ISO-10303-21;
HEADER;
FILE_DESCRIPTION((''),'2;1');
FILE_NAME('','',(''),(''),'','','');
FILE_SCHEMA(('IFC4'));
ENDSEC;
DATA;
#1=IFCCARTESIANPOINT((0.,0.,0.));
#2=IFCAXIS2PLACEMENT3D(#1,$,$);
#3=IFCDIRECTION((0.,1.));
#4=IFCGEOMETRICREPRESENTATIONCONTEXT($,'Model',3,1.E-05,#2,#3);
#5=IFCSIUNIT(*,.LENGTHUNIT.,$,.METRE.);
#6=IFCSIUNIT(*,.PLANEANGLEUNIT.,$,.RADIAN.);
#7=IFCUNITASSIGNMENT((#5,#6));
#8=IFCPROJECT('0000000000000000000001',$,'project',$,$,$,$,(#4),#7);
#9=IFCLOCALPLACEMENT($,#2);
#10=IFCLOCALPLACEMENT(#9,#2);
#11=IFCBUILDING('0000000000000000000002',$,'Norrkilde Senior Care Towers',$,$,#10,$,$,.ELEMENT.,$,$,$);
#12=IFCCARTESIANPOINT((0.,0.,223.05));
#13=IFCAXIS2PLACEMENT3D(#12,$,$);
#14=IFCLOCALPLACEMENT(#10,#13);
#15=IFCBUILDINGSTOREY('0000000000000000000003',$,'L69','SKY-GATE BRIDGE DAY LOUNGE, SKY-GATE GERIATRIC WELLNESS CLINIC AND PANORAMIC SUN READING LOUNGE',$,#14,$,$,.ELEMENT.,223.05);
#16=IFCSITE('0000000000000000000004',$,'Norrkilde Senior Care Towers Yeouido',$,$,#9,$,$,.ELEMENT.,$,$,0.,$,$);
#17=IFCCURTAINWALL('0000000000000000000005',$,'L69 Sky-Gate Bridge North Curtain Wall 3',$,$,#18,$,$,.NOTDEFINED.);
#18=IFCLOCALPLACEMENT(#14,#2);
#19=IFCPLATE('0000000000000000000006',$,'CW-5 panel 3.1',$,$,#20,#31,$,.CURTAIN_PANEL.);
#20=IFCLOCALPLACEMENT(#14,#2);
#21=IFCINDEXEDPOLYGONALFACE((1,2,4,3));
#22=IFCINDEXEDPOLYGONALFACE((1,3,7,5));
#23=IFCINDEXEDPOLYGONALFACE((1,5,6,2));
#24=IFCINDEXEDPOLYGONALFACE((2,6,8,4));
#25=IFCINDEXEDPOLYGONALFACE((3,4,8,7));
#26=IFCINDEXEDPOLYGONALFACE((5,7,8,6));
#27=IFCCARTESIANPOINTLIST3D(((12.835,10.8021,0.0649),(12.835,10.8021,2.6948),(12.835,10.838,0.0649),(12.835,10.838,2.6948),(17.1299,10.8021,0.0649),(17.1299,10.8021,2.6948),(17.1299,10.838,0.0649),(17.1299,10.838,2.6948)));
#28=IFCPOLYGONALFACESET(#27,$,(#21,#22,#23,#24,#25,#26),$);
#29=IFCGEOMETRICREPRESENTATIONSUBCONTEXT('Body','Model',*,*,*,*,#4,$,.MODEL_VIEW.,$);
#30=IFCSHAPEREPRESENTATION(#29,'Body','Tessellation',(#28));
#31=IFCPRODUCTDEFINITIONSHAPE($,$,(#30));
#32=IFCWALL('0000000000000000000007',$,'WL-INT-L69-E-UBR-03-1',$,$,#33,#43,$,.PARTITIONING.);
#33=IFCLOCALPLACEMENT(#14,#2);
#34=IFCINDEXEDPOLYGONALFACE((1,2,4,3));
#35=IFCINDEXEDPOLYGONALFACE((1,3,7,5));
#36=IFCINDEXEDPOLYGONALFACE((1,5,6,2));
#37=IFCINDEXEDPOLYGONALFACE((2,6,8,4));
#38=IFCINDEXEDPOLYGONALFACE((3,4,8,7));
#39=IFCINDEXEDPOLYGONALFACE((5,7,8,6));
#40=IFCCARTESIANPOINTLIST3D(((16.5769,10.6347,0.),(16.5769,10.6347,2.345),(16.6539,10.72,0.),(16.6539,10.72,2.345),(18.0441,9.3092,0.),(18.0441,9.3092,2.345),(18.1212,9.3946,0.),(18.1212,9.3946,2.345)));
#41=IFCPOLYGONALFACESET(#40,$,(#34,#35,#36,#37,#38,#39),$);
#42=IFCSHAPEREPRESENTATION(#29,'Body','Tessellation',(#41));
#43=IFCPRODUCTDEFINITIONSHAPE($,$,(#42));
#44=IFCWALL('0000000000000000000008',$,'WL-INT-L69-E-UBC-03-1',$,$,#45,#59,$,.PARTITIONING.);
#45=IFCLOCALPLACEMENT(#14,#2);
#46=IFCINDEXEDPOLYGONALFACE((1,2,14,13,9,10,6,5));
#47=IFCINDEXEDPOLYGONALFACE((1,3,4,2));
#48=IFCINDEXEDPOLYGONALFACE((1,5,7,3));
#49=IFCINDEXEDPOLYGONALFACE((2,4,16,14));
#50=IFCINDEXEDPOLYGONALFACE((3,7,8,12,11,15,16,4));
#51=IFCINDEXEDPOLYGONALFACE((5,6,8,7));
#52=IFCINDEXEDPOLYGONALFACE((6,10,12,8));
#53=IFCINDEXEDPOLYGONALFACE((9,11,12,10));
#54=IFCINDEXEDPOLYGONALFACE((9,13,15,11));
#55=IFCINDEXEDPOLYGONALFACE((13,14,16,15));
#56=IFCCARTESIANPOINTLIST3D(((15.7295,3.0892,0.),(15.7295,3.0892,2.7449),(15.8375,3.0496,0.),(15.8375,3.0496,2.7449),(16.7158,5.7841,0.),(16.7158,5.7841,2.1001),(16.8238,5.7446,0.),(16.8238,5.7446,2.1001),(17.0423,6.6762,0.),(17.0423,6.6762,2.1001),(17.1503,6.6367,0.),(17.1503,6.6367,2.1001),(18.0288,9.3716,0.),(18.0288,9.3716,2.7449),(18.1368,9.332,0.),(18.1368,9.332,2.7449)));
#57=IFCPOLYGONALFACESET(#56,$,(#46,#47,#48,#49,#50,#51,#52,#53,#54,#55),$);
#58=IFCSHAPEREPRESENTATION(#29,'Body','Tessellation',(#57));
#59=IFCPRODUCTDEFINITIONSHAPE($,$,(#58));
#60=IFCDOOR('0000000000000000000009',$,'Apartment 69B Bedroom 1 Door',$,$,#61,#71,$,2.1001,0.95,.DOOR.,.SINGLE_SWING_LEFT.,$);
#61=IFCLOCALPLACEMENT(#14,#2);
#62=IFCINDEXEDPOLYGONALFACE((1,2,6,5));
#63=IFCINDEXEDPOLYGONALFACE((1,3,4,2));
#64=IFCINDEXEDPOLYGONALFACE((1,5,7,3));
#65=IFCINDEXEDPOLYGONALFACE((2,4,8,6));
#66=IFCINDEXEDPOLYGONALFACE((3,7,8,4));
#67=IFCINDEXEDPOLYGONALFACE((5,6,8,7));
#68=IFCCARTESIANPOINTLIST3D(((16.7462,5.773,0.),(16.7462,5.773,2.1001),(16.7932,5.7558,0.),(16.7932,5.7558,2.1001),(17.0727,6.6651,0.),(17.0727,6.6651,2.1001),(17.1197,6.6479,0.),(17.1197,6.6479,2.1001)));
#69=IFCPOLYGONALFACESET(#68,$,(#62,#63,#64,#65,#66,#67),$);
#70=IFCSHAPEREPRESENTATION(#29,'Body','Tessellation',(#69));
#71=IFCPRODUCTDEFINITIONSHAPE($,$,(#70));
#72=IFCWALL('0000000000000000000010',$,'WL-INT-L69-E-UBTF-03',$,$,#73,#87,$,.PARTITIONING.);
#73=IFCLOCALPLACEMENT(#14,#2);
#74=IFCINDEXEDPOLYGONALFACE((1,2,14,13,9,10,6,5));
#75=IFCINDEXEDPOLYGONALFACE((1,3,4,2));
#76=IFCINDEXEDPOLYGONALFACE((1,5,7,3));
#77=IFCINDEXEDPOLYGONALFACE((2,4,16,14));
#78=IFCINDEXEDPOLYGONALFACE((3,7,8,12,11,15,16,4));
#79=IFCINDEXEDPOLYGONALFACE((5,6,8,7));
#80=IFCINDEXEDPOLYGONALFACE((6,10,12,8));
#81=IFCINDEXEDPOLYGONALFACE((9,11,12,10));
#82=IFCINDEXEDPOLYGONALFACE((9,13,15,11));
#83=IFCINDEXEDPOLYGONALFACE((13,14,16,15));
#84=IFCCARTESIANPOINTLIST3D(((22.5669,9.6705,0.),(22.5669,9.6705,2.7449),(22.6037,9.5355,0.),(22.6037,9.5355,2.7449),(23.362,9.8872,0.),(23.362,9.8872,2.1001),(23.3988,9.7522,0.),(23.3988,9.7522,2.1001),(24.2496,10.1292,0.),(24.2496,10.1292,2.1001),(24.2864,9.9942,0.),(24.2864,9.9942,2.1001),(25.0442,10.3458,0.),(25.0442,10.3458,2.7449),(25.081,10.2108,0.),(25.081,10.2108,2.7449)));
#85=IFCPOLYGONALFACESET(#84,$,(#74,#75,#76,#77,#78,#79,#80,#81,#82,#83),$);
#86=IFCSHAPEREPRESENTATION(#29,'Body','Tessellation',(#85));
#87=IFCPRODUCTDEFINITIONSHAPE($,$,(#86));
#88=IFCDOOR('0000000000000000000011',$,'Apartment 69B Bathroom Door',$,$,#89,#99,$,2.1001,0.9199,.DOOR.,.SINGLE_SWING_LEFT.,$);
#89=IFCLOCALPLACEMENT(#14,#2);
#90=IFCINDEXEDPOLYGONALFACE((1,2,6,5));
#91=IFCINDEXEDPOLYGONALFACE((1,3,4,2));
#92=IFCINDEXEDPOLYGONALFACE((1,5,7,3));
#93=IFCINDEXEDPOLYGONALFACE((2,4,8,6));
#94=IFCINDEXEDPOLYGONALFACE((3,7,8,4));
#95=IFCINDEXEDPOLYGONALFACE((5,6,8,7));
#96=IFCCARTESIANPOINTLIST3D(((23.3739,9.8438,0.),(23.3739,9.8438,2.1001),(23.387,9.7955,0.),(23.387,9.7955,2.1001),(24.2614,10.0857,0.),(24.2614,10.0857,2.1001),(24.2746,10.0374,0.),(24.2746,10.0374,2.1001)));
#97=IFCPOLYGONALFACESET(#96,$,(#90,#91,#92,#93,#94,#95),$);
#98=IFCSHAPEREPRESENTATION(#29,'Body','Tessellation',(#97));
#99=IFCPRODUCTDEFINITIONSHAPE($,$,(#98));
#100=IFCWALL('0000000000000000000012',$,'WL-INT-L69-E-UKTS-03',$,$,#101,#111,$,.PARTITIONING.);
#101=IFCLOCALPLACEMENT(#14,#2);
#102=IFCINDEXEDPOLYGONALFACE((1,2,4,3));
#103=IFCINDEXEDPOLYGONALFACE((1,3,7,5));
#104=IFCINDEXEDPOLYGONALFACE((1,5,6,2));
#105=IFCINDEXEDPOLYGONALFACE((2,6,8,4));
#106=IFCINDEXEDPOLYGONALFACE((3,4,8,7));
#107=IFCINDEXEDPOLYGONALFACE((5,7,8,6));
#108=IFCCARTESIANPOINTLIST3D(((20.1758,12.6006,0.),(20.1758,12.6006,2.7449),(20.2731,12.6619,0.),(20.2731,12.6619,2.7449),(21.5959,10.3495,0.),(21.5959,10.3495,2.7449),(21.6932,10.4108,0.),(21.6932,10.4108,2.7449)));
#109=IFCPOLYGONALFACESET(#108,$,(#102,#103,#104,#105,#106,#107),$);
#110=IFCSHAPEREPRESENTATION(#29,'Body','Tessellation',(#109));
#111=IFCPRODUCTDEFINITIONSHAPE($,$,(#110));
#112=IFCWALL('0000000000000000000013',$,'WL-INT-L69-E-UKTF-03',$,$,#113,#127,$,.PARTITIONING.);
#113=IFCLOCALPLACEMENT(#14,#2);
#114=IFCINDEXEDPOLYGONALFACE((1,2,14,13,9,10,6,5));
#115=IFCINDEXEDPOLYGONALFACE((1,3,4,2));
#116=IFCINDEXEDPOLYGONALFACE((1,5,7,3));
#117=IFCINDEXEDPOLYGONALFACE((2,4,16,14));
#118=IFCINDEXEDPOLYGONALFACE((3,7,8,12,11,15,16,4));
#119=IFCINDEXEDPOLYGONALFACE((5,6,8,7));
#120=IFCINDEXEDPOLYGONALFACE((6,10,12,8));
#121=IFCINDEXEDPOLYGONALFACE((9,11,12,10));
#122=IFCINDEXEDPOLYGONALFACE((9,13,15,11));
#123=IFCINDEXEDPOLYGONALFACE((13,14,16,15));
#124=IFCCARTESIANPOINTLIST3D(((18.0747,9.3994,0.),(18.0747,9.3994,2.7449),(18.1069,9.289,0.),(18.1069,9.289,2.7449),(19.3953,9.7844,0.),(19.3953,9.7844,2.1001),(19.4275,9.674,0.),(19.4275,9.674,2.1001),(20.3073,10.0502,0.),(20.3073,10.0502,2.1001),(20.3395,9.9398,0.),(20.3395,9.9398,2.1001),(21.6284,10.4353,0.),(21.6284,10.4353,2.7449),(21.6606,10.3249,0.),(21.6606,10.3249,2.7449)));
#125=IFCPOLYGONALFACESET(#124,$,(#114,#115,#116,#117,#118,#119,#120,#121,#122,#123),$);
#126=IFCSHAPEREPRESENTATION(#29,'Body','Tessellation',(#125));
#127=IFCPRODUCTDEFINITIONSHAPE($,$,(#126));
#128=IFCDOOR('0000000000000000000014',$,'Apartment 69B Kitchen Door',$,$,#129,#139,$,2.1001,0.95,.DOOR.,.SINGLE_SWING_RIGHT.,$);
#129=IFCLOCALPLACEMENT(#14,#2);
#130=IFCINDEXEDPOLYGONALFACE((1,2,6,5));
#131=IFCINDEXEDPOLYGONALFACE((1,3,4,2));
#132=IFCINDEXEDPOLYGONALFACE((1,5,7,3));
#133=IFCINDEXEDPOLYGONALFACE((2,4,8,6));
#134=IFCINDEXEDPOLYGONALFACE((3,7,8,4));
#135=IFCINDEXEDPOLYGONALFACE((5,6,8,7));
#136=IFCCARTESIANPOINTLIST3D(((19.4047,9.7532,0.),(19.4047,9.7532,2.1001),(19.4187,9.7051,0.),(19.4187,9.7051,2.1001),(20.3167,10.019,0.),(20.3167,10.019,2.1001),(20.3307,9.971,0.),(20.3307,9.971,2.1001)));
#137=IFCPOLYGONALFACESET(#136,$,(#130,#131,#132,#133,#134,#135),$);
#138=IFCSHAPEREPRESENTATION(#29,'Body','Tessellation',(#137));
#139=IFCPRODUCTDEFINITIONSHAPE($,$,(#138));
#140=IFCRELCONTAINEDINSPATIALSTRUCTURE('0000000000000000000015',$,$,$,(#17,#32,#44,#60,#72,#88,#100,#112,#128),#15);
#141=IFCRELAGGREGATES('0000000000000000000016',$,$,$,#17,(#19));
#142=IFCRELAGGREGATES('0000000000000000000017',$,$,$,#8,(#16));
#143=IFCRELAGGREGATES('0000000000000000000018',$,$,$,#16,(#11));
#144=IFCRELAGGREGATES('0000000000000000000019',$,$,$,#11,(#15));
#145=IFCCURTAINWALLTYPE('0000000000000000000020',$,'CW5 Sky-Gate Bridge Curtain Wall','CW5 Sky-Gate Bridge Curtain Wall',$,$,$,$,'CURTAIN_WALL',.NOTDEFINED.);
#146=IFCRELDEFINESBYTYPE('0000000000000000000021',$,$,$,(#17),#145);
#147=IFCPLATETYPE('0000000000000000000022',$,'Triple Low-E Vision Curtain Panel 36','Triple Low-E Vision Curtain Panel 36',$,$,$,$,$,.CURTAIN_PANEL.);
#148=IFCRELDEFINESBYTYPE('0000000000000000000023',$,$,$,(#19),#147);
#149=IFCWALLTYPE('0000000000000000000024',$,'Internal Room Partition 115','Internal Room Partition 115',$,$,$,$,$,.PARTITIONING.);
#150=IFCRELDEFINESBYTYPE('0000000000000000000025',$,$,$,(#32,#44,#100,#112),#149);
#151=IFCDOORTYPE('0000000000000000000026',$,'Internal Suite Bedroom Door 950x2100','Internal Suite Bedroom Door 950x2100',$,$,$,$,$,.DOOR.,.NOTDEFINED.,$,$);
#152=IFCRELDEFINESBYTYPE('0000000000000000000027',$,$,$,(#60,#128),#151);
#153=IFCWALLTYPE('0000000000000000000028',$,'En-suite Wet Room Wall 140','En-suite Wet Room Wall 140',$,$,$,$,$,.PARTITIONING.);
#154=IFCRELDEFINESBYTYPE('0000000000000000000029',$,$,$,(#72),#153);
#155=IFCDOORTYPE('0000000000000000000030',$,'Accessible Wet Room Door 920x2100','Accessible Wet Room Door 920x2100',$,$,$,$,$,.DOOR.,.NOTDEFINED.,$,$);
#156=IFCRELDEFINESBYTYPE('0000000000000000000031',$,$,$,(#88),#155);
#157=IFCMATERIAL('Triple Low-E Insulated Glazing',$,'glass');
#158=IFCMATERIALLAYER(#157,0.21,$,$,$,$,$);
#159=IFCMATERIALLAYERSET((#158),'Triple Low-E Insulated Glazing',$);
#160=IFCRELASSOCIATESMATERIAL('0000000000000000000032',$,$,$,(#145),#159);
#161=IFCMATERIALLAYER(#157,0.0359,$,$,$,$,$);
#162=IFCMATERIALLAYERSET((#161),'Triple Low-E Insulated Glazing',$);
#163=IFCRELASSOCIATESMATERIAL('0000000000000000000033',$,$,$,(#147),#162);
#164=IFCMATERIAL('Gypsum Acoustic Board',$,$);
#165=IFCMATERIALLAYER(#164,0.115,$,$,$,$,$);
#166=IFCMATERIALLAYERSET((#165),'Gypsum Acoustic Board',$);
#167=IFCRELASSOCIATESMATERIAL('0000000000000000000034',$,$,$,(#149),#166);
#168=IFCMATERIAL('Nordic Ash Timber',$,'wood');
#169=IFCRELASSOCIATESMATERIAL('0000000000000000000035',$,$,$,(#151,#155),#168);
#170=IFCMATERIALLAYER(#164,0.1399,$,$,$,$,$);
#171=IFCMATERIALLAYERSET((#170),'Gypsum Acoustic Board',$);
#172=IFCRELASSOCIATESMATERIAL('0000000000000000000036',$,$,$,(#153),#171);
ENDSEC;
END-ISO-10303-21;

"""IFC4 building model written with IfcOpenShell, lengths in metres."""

from ifc_helpers import new_model, si_unit, direction, frame, frame_2d, origin, origin_2d, place, context, subcontext, project, spatial, rectangle, extrude, source, transform, mapped, material, layer, layer_set, type_object, type_shapes, element, fill, aggregate, save


model = new_model("IFC4")

# Units and contexts
model_context = context("Model", 3, precision=1e-05, world=origin(), true_north=direction((0.0, 1.0)))
body_context = subcontext(model_context, "Body", "Model", "MODEL_VIEW")
ifc_project = project(units=[si_unit("LENGTHUNIT", "METRE"), si_unit("PLANEANGLEUNIT", "RADIAN")], contexts=[model_context])

# Site, building, storey
site_placement = place(None, origin())
site = spatial("IfcSite", under=ifc_project, at=site_placement, Name="Norrkilde Senior Care Towers Yeouido", CompositionType="ELEMENT", RefElevation=0.0)
building_placement = place(site_placement, origin())
building = spatial("IfcBuilding", under=site, at=building_placement, Name="Norrkilde Senior Care Towers", CompositionType="ELEMENT")
storey_placement = place(building_placement, frame((0.0, 0.0, 223.05)))
storey = spatial("IfcBuildingStorey", under=building, at=storey_placement, Name="L69", Description="SKY-GATE BRIDGE DAY LOUNGE, SKY-GATE GERIATRIC WELLNESS CLINIC AND PANORAMIC SUN READING LOUNGE", CompositionType="ELEMENT", Elevation=223.05)

# Shared definitions
ifc_material_1 = material(Name="Triple Low-E Insulated Glazing", Category="glass")

# Curtain wall
ifc_layer_1 = layer(ifc_material_1, 0.21)
ifc_layer_set_1 = layer_set([ifc_layer_1], Name="Triple Low-E Insulated Glazing")
curtain_wall_type_1 = type_object("IfcCurtainWallType", Name="CW5 Sky-Gate Bridge Curtain Wall", Description="CW5 Sky-Gate Bridge Curtain Wall", ElementType="CURTAIN_WALL", PredefinedType="NOTDEFINED", material=ifc_layer_set_1)
curtain_wall_1_placement = place(storey_placement, origin())
curtain_wall_1 = element("IfcCurtainWall", 1, at=curtain_wall_1_placement, inside=storey, type_object=curtain_wall_type_1, Name="L69 Sky-Gate Bridge North Curtain Wall 3", PredefinedType="NOTDEFINED")

# Plate
ifc_layer_2 = layer(ifc_material_1, 0.0359)
ifc_layer_set_2 = layer_set([ifc_layer_2], Name="Triple Low-E Insulated Glazing")
plate_type = type_object("IfcPlateType", Name="Triple Low-E Vision Curtain Panel 36", Description="Triple Low-E Vision Curtain Panel 36", PredefinedType="CURTAIN_PANEL", material=ifc_layer_set_2)
shared_shape_1 = source(origin(), body_context, "Body", "SweptSolid", [
    extrude(rectangle(XDim=4.2949, YDim=0.0359, at=origin_2d()), origin(), (0.0, 0.0, 1.0), 2.6299),
])
plate_1_placement = place(storey_placement, frame((14.9824, 10.8201, 0.0649), z_axis=(0.0, 0.0, 1.0), x_axis=(1.0, 0.0, 0.0)))
plate_1 = element("IfcPlate", 2, at=plate_1_placement, type_object=plate_type, Name="CW-5 panel 3.1", PredefinedType="CURTAIN_PANEL", context=body_context, shape_type="MappedRepresentation", body=[
    mapped(shared_shape_1, transform((0.0, 0.0, 0.0), x_axis=(1.0, 0.0, 0.0), y_axis=(0.0, 1.0, 0.0), z_axis=(0.0, 0.0, 1.0), scale=1.0)),
])
aggregate(curtain_wall_1, [plate_1])

# Wall
ifc_material_2 = material(Name="Gypsum Acoustic Board")
ifc_layer_3 = layer(ifc_material_2, 0.115)
ifc_layer_set_3 = layer_set([ifc_layer_3], Name="Gypsum Acoustic Board")
wall_type_1 = type_object("IfcWallType", Name="Internal Room Partition 115", Description="Internal Room Partition 115", PredefinedType="PARTITIONING", material=ifc_layer_set_3)
shared_shape_2 = source(origin(), body_context, "Body", "SweptSolid", [
    extrude(rectangle(XDim=1.9773, YDim=0.115, at=frame_2d((0.9888, 0.0))), origin(), (0.0, 0.0, 1.0), 2.345),
])
wall_1_placement = place(storey_placement, frame((18.0828, 9.3518, 0.0), z_axis=(0.0, 0.0, 1.0), x_axis=(-0.742065, 0.670328, 0.0)))
element("IfcWall", 3, at=wall_1_placement, inside=storey, type_object=wall_type_1, Name="WL-INT-L69-E-UBR-03-1", PredefinedType="PARTITIONING", context=body_context, shape_type="MappedRepresentation", body=[
    mapped(shared_shape_2, transform((0.0, 0.0, 0.0), x_axis=(1.0, 0.0, 0.0), y_axis=(0.0, 1.0, 0.0), z_axis=(0.0, 0.0, 1.0), scale=1.0)),
])

# Walls, openings, doors
shared_shape_3 = source(origin(), body_context, "Body", "SweptSolid", [
    extrude(rectangle(XDim=6.6899, YDim=0.115, at=frame_2d((3.345, 0.0))), origin(), (0.0, 0.0, 1.0), 2.7449),
])
wall_2_placement = place(storey_placement, frame((18.0828, 9.3518, 0.0), z_axis=(0.0, 0.0, 1.0), x_axis=(-0.343694, -0.939082, 0.0)))
wall_2 = element("IfcWall", 4, at=wall_2_placement, inside=storey, type_object=wall_type_1, Name="WL-INT-L69-E-UBC-03-1", PredefinedType="PARTITIONING", context=body_context, shape_type="MappedRepresentation", body=[
    mapped(shared_shape_3, transform((0.0, 0.0, 0.0), x_axis=(1.0, 0.0, 0.0), y_axis=(0.0, 1.0, 0.0), z_axis=(0.0, 0.0, 1.0), scale=1.0)),
])
opening_1_placement = place(wall_2_placement, frame((2.8701, 0.0, 0.0)))
opening_1 = element("IfcOpeningElement", 5, at=opening_1_placement, cuts=wall_2, PredefinedType="OPENING", context=body_context, shape_type="SweptSolid", body=[
    extrude(rectangle(XDim=0.95, YDim=2.1001, at=frame_2d((0.4751, 1.05))), frame((0.0, 0.0674, 0.0), z_axis=(0.0, -1.0, 0.0), x_axis=(1.0, 0.0, 0.0)), (0.0, 0.0, 1.0), 0.135),
])
ifc_material_3 = material(Name="Nordic Ash Timber", Category="wood")
door_type_1 = type_object("IfcDoorType", Name="Internal Suite Bedroom Door 950x2100", Description="Internal Suite Bedroom Door 950x2100", OperationType="NOTDEFINED", PredefinedType="DOOR", material=ifc_material_3)
shared_shape_4 = source(origin(), body_context, "Body", "SweptSolid", [
    extrude(rectangle(XDim=0.95, YDim=2.1001, at=frame_2d((0.4751, 1.05))), frame((0.0, 0.0249, 0.0), z_axis=(0.0, -1.0, 0.0), x_axis=(1.0, 0.0, 0.0)), (0.0, 0.0, 1.0), 0.05),
])
type_shapes(door_type_1, [shared_shape_4])
door_1_placement = place(opening_1_placement, origin())
door_1 = element("IfcDoor", 6, at=door_1_placement, inside=storey, type_object=door_type_1, Name="Apartment 69B Bedroom 1 Door", OperationType="SINGLE_SWING_LEFT", OverallHeight=2.1001, OverallWidth=0.95, PredefinedType="DOOR", context=body_context, shape_type="MappedRepresentation", body=[
    mapped(shared_shape_4, transform((0.0, 0.0, 0.0), x_axis=(1.0, 0.0, 0.0), y_axis=(0.0, 1.0, 0.0), z_axis=(0.0, 0.0, 1.0), scale=1.0)),
])
fill(opening_1, door_1)
ifc_layer_4 = layer(ifc_material_2, 0.1399)
ifc_layer_set_4 = layer_set([ifc_layer_4], Name="Gypsum Acoustic Board")
wall_type_2 = type_object("IfcWallType", Name="En-suite Wet Room Wall 140", Description="En-suite Wet Room Wall 140", PredefinedType="PARTITIONING", material=ifc_layer_set_4)
shared_shape_5 = source(origin(), body_context, "Body", "SweptSolid", [
    extrude(rectangle(XDim=2.5676, YDim=0.1399, at=frame_2d((1.2837, 0.0))), origin(), (0.0, 0.0, 1.0), 2.7449),
])
type_shapes(wall_type_2, [shared_shape_5])
wall_3_placement = place(storey_placement, frame((22.5854, 9.603, 0.0), z_axis=(0.0, 0.0, 1.0), x_axis=(0.964797, 0.262997, 0.0)))
wall_3 = element("IfcWall", 7, at=wall_3_placement, inside=storey, type_object=wall_type_2, Name="WL-INT-L69-E-UBTF-03", PredefinedType="PARTITIONING", context=body_context, shape_type="MappedRepresentation", body=[
    mapped(shared_shape_5, transform((0.0, 0.0, 0.0), x_axis=(1.0, 0.0, 0.0), y_axis=(0.0, 1.0, 0.0), z_axis=(0.0, 0.0, 1.0), scale=1.0)),
])
opening_2_placement = place(wall_3_placement, frame((0.824, 0.0, 0.0)))
opening_2 = element("IfcOpeningElement", 8, at=opening_2_placement, cuts=wall_3, PredefinedType="OPENING", context=body_context, shape_type="SweptSolid", body=[
    extrude(rectangle(XDim=0.9199, YDim=2.1001, at=frame_2d((0.46, 1.05))), frame((0.0, 0.0798, 0.0), z_axis=(0.0, -1.0, 0.0), x_axis=(1.0, 0.0, 0.0)), (0.0, 0.0, 1.0), 0.1599),
])
door_type_2 = type_object("IfcDoorType", Name="Accessible Wet Room Door 920x2100", Description="Accessible Wet Room Door 920x2100", OperationType="NOTDEFINED", PredefinedType="DOOR", material=ifc_material_3)
shared_shape_6 = source(origin(), body_context, "Body", "SweptSolid", [
    extrude(rectangle(XDim=0.9199, YDim=2.1001, at=frame_2d((0.46, 1.05))), frame((0.0, 0.0249, 0.0), z_axis=(0.0, -1.0, 0.0), x_axis=(1.0, 0.0, 0.0)), (0.0, 0.0, 1.0), 0.05),
])
type_shapes(door_type_2, [shared_shape_6])
door_2_placement = place(opening_2_placement, origin())
door_2 = element("IfcDoor", 9, at=door_2_placement, inside=storey, type_object=door_type_2, Name="Apartment 69B Bathroom Door", OperationType="SINGLE_SWING_LEFT", OverallHeight=2.1001, OverallWidth=0.9199, PredefinedType="DOOR", context=body_context, shape_type="MappedRepresentation", body=[
    mapped(shared_shape_6, transform((0.0, 0.0, 0.0), x_axis=(1.0, 0.0, 0.0), y_axis=(0.0, 1.0, 0.0), z_axis=(0.0, 0.0, 1.0), scale=1.0)),
])
fill(opening_2, door_2)

# Wall
shared_shape_7 = source(origin(), body_context, "Body", "SweptSolid", [
    extrude(rectangle(XDim=2.6616, YDim=0.115, at=frame_2d((1.3308, 0.0))), origin(), (0.0, 0.0, 1.0), 2.7449),
])
wall_4_placement = place(storey_placement, frame((21.6445, 10.3801, 0.0), z_axis=(0.0, 0.0, 1.0), x_axis=(-0.533548, 0.84577, 0.0)))
element("IfcWall", 10, at=wall_4_placement, inside=storey, type_object=wall_type_1, Name="WL-INT-L69-E-UKTS-03", PredefinedType="PARTITIONING", context=body_context, shape_type="MappedRepresentation", body=[
    mapped(shared_shape_7, transform((0.0, 0.0, 0.0), x_axis=(1.0, 0.0, 0.0), y_axis=(0.0, 1.0, 0.0), z_axis=(0.0, 0.0, 1.0), scale=1.0)),
])

# Wall, opening, door
shared_shape_8 = source(origin(), body_context, "Body", "SweptSolid", [
    extrude(rectangle(XDim=3.7017, YDim=0.115, at=frame_2d((1.8508, 0.0))), origin(), (0.0, 0.0, 1.0), 2.7449),
])
type_shapes(wall_type_1, [shared_shape_2, shared_shape_3, shared_shape_7, shared_shape_8])
wall_5_placement = place(storey_placement, frame((21.6445, 10.3801, 0.0), z_axis=(0.0, 0.0, 1.0), x_axis=(-0.960044, -0.279848, 0.0)))
wall_5 = element("IfcWall", 11, at=wall_5_placement, inside=storey, type_object=wall_type_1, Name="WL-INT-L69-E-UKTF-03", PredefinedType="PARTITIONING", context=body_context, shape_type="MappedRepresentation", body=[
    mapped(shared_shape_8, transform((0.0, 0.0, 0.0), x_axis=(1.0, 0.0, 0.0), y_axis=(0.0, 1.0, 0.0), z_axis=(0.0, 0.0, 1.0), scale=1.0)),
])
opening_3_placement = place(wall_5_placement, frame((1.376, 0.0, 0.0)))
opening_3 = element("IfcOpeningElement", 12, at=opening_3_placement, cuts=wall_5, PredefinedType="OPENING", context=body_context, shape_type="SweptSolid", body=[
    extrude(rectangle(XDim=0.95, YDim=2.1001, at=frame_2d((0.4751, 1.05))), frame((0.0, 0.0674, 0.0), z_axis=(0.0, -1.0, 0.0), x_axis=(1.0, 0.0, 0.0)), (0.0, 0.0, 1.0), 0.135),
])
door_3_placement = place(opening_3_placement, frame((0.95, 0.0, 0.0), z_axis=(0.0, 0.0, 1.0), x_axis=(-1.0, 0.0, 0.0)))
door_3 = element("IfcDoor", 13, at=door_3_placement, inside=storey, type_object=door_type_1, Name="Apartment 69B Kitchen Door", OperationType="SINGLE_SWING_RIGHT", OverallHeight=2.1001, OverallWidth=0.95, PredefinedType="DOOR", context=body_context, shape_type="MappedRepresentation", body=[
    mapped(shared_shape_4, transform((0.0, 0.0, 0.0), x_axis=(1.0, 0.0, 0.0), y_axis=(0.0, 1.0, 0.0), z_axis=(0.0, 0.0, 1.0), scale=1.0)),
])
fill(opening_3, door_3)

save(model, "model.ifc")
